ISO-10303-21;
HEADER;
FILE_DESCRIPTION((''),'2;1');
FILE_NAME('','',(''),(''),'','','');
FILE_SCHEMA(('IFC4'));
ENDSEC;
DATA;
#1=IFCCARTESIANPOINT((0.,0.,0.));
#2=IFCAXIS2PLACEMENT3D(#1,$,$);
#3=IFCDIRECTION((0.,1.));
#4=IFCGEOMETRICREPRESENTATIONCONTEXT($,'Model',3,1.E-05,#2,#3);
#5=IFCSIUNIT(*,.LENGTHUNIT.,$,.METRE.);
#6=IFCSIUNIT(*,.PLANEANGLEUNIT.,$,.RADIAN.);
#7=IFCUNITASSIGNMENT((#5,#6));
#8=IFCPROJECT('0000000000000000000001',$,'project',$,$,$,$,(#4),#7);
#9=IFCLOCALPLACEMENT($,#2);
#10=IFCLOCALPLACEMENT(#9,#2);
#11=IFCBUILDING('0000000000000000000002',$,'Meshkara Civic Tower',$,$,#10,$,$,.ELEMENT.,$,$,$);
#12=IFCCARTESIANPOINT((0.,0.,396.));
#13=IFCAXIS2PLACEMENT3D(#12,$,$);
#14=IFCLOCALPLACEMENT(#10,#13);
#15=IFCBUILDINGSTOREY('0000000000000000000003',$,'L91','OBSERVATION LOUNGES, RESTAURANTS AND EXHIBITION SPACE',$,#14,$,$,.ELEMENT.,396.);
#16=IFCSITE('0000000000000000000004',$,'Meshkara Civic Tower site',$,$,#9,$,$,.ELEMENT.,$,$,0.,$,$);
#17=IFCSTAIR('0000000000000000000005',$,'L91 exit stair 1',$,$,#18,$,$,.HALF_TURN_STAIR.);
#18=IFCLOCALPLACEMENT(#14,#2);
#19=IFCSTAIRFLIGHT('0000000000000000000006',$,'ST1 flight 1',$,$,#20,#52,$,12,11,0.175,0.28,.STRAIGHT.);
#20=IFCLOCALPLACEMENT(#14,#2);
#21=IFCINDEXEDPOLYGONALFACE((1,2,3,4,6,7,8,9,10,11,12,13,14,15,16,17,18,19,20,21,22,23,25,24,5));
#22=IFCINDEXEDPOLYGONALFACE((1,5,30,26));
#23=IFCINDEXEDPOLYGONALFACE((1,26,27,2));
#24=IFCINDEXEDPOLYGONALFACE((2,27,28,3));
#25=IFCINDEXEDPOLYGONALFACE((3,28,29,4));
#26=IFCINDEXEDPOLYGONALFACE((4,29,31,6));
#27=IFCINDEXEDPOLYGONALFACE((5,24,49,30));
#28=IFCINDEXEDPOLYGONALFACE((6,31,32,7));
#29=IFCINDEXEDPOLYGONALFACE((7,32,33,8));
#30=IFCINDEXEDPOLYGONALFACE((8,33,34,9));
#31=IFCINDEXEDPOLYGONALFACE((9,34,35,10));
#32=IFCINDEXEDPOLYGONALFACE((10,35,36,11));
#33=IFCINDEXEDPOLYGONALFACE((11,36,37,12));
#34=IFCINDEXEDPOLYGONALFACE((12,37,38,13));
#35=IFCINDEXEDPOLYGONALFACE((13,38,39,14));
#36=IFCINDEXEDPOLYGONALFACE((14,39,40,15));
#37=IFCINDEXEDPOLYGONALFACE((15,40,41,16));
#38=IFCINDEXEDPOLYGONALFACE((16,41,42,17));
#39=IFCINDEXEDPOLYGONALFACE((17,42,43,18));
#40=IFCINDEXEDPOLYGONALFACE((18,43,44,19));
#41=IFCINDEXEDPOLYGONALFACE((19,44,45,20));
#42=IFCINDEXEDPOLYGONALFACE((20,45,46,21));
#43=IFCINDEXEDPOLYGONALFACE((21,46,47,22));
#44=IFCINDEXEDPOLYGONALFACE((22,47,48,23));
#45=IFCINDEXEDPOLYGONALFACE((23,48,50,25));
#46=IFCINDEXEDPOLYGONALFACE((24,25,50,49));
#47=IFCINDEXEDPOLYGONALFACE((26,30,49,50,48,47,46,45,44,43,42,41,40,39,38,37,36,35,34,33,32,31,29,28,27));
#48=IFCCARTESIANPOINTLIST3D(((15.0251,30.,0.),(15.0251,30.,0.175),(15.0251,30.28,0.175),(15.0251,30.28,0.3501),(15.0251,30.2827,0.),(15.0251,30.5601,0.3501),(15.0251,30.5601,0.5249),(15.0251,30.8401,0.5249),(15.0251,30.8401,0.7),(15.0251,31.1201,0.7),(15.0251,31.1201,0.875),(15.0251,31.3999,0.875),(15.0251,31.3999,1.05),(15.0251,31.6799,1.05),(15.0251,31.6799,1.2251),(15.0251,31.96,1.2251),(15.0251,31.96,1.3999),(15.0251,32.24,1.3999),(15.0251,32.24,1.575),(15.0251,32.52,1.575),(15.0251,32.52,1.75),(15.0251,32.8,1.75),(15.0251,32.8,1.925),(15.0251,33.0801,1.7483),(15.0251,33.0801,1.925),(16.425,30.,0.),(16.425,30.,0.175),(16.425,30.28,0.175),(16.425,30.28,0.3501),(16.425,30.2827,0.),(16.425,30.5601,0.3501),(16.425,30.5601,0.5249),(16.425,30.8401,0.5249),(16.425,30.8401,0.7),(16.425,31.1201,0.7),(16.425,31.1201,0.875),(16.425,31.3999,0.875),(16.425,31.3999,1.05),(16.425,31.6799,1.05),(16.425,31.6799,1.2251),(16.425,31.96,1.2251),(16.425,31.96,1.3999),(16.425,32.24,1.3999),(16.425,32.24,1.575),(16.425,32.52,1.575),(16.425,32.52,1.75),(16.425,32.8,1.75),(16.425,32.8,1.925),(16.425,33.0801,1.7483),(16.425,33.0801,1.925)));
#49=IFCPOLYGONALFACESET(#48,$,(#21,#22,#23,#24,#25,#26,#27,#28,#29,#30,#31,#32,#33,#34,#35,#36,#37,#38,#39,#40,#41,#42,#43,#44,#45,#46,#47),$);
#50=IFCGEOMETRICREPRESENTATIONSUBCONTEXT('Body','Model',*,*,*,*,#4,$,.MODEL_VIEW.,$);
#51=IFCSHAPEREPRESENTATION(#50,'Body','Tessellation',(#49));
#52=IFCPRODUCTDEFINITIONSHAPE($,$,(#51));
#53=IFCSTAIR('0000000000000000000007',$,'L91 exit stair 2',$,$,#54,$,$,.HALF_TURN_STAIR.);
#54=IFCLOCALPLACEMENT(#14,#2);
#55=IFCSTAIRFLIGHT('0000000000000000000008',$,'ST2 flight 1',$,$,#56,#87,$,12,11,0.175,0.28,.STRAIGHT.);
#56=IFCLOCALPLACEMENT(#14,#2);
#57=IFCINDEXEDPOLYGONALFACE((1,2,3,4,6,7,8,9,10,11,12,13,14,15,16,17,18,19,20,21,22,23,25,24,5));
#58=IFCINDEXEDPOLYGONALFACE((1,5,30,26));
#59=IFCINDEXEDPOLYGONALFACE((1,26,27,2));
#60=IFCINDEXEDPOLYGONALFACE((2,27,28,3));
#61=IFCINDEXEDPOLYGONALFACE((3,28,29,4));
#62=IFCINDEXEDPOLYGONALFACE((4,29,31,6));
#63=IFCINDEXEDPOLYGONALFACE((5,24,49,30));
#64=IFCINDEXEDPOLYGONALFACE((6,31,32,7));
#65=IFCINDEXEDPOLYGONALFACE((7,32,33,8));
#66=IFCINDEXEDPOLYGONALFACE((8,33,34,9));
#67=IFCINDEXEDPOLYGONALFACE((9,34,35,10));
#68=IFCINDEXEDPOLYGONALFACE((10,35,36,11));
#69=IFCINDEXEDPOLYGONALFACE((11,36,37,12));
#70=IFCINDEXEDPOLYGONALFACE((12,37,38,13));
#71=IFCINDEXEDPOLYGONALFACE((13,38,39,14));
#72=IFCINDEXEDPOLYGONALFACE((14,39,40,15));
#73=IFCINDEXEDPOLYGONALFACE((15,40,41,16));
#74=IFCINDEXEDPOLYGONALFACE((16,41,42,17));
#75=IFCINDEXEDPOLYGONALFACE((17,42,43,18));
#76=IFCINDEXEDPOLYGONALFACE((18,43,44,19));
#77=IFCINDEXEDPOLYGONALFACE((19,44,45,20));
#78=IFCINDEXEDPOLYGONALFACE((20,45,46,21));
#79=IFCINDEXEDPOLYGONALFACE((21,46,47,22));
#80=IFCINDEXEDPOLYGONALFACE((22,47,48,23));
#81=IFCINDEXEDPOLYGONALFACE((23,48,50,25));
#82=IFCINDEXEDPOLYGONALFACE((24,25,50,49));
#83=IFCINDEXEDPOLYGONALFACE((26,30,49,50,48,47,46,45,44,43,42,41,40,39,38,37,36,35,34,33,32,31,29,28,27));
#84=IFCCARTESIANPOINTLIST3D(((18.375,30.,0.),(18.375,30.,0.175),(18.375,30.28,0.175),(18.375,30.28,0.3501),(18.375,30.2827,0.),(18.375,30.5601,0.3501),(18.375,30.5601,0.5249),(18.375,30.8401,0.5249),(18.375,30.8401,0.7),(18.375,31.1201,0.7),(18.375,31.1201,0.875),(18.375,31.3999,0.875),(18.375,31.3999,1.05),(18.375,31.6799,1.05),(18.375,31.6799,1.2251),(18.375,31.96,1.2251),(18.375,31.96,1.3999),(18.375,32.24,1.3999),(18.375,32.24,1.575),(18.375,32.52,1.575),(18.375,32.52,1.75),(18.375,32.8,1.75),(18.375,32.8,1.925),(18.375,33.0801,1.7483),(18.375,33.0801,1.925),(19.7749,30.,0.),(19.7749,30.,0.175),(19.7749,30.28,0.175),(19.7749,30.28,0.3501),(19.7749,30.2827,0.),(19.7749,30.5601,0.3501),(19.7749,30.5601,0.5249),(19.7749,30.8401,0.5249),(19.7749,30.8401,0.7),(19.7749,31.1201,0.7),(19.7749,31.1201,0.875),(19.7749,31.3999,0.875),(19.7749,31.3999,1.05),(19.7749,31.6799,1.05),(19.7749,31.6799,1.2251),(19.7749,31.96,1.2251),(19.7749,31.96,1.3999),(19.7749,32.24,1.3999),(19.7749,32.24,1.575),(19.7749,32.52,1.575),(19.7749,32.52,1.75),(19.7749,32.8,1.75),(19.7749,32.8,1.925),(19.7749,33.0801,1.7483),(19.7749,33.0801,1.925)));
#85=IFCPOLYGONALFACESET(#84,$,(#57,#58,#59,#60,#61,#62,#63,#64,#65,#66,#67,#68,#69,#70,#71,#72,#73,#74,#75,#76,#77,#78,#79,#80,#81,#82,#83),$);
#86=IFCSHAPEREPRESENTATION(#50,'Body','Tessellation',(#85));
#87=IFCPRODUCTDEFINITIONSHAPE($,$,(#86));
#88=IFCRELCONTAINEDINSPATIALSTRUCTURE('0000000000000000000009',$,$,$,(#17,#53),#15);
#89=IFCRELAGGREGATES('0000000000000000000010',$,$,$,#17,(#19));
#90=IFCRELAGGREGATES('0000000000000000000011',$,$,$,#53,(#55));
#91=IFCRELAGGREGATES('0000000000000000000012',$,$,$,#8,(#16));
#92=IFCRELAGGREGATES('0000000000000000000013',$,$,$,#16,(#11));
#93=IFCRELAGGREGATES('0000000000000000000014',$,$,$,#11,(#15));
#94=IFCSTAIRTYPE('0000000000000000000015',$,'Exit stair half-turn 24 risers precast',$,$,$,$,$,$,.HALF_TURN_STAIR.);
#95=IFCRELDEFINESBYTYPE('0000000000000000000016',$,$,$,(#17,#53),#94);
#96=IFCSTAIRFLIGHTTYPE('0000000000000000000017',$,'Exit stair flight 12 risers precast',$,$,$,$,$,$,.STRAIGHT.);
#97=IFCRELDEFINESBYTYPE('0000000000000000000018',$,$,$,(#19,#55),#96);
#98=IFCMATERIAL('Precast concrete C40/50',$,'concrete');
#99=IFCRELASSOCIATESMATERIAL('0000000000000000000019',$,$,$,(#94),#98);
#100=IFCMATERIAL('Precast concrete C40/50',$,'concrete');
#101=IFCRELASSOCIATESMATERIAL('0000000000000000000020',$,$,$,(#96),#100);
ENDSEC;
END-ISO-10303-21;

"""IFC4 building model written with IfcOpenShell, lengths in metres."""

from ifc_helpers import new_model, si_unit, direction, frame, origin, place, context, subcontext, project, spatial, polyline, outline, extrude, material, type_object, element, aggregate, save


model = new_model("IFC4")

# Units and contexts
model_context = context("Model", 3, precision=1e-05, world=origin(), true_north=direction((0.0, 1.0)))
body_context = subcontext(model_context, "Body", "Model", "MODEL_VIEW")
ifc_project = project(units=[si_unit("LENGTHUNIT", "METRE"), si_unit("PLANEANGLEUNIT", "RADIAN")], contexts=[model_context])

# Site, building, storey
site_placement = place(None, origin())
site = spatial("IfcSite", under=ifc_project, at=site_placement, Name="Meshkara Civic Tower site", CompositionType="ELEMENT", RefElevation=0.0)
building_placement = place(site_placement, origin())
building = spatial("IfcBuilding", under=site, at=building_placement, Name="Meshkara Civic Tower", CompositionType="ELEMENT")
storey_placement = place(building_placement, frame((0.0, 0.0, 396.0)))
storey = spatial("IfcBuildingStorey", under=building, at=storey_placement, Name="L91", Description="OBSERVATION LOUNGES, RESTAURANTS AND EXHIBITION SPACE", CompositionType="ELEMENT", Elevation=396.0)

# Stairs, stair flights
ifc_material_1 = material(Name="Precast concrete C40/50", Category="concrete")
stair_type = type_object("IfcStairType", Name="Exit stair half-turn 24 risers precast", PredefinedType="HALF_TURN_STAIR", material=ifc_material_1)
stair_1_placement = place(storey_placement, origin())
stair_1 = element("IfcStair", 1, at=stair_1_placement, inside=storey, type_object=stair_type, Name="L91 exit stair 1", PredefinedType="HALF_TURN_STAIR")
ifc_material_2 = material(Name="Precast concrete C40/50", Category="concrete")
stair_flight_type = type_object("IfcStairFlightType", Name="Exit stair flight 12 risers precast", PredefinedType="STRAIGHT", material=ifc_material_2)
stair_flight_1_placement = place(storey_placement, frame((15.7251, 30.0, 0.0), z_axis=(0.0, 0.0, 1.0), x_axis=(0.0, 1.0, 0.0)))
stair_flight_1 = element("IfcStairFlight", 2, at=stair_flight_1_placement, type_object=stair_flight_type, Name="ST1 flight 1", NumberOfRisers=12, NumberOfTreads=11, PredefinedType="STRAIGHT", RiserHeight=0.175, TreadLength=0.28, context=body_context, shape_type="SweptSolid", body=[
    extrude(outline(polyline([(0.0, 0.0), (0.0, 0.175), (0.28, 0.175), (0.28, 0.3501), (0.5601, 0.3501), (0.5601, 0.5249), (0.8401, 0.5249), (0.8401, 0.7), (1.1201, 0.7), (1.1201, 0.875), (1.3999, 0.875), (1.3999, 1.05), (1.6799, 1.05), (1.6799, 1.2251), (1.96, 1.2251), (1.96, 1.3999), (2.24, 1.3999), (2.24, 1.575), (2.52, 1.575), (2.52, 1.75), (2.8, 1.75), (2.8, 1.925), (3.0801, 1.925), (3.0801, 2.1001), (3.0801, 1.7483), (0.2827, 0.0), (0.0, 0.0)])), frame((0.0, 0.7, 0.0), z_axis=(0.0, -1.0, 0.0), x_axis=(1.0, 0.0, 0.0)), (0.0, 0.0, 1.0), 1.3999),
])
aggregate(stair_1, [stair_flight_1])
stair_2_placement = place(storey_placement, origin())
stair_2 = element("IfcStair", 3, at=stair_2_placement, inside=storey, type_object=stair_type, Name="L91 exit stair 2", PredefinedType="HALF_TURN_STAIR")
stair_flight_2_placement = place(storey_placement, frame((19.075, 30.0, 0.0), z_axis=(0.0, 0.0, 1.0), x_axis=(0.0, 1.0, 0.0)))
stair_flight_2 = element("IfcStairFlight", 4, at=stair_flight_2_placement, type_object=stair_flight_type, Name="ST2 flight 1", NumberOfRisers=12, NumberOfTreads=11, PredefinedType="STRAIGHT", RiserHeight=0.175, TreadLength=0.28, context=body_context, shape_type="SweptSolid", body=[
    extrude(outline(polyline([(0.0, 0.0), (0.0, 0.175), (0.28, 0.175), (0.28, 0.3501), (0.5601, 0.3501), (0.5601, 0.5249), (0.8401, 0.5249), (0.8401, 0.7), (1.1201, 0.7), (1.1201, 0.875), (1.3999, 0.875), (1.3999, 1.05), (1.6799, 1.05), (1.6799, 1.2251), (1.96, 1.2251), (1.96, 1.3999), (2.24, 1.3999), (2.24, 1.575), (2.52, 1.575), (2.52, 1.75), (2.8, 1.75), (2.8, 1.925), (3.0801, 1.925), (3.0801, 2.1001), (3.0801, 1.7483), (0.2827, 0.0), (0.0, 0.0)])), frame((0.0, 0.7, 0.0), z_axis=(0.0, -1.0, 0.0), x_axis=(1.0, 0.0, 0.0)), (0.0, 0.0, 1.0), 1.3999),
])
aggregate(stair_2, [stair_flight_2])

save(model, "model.ifc")
